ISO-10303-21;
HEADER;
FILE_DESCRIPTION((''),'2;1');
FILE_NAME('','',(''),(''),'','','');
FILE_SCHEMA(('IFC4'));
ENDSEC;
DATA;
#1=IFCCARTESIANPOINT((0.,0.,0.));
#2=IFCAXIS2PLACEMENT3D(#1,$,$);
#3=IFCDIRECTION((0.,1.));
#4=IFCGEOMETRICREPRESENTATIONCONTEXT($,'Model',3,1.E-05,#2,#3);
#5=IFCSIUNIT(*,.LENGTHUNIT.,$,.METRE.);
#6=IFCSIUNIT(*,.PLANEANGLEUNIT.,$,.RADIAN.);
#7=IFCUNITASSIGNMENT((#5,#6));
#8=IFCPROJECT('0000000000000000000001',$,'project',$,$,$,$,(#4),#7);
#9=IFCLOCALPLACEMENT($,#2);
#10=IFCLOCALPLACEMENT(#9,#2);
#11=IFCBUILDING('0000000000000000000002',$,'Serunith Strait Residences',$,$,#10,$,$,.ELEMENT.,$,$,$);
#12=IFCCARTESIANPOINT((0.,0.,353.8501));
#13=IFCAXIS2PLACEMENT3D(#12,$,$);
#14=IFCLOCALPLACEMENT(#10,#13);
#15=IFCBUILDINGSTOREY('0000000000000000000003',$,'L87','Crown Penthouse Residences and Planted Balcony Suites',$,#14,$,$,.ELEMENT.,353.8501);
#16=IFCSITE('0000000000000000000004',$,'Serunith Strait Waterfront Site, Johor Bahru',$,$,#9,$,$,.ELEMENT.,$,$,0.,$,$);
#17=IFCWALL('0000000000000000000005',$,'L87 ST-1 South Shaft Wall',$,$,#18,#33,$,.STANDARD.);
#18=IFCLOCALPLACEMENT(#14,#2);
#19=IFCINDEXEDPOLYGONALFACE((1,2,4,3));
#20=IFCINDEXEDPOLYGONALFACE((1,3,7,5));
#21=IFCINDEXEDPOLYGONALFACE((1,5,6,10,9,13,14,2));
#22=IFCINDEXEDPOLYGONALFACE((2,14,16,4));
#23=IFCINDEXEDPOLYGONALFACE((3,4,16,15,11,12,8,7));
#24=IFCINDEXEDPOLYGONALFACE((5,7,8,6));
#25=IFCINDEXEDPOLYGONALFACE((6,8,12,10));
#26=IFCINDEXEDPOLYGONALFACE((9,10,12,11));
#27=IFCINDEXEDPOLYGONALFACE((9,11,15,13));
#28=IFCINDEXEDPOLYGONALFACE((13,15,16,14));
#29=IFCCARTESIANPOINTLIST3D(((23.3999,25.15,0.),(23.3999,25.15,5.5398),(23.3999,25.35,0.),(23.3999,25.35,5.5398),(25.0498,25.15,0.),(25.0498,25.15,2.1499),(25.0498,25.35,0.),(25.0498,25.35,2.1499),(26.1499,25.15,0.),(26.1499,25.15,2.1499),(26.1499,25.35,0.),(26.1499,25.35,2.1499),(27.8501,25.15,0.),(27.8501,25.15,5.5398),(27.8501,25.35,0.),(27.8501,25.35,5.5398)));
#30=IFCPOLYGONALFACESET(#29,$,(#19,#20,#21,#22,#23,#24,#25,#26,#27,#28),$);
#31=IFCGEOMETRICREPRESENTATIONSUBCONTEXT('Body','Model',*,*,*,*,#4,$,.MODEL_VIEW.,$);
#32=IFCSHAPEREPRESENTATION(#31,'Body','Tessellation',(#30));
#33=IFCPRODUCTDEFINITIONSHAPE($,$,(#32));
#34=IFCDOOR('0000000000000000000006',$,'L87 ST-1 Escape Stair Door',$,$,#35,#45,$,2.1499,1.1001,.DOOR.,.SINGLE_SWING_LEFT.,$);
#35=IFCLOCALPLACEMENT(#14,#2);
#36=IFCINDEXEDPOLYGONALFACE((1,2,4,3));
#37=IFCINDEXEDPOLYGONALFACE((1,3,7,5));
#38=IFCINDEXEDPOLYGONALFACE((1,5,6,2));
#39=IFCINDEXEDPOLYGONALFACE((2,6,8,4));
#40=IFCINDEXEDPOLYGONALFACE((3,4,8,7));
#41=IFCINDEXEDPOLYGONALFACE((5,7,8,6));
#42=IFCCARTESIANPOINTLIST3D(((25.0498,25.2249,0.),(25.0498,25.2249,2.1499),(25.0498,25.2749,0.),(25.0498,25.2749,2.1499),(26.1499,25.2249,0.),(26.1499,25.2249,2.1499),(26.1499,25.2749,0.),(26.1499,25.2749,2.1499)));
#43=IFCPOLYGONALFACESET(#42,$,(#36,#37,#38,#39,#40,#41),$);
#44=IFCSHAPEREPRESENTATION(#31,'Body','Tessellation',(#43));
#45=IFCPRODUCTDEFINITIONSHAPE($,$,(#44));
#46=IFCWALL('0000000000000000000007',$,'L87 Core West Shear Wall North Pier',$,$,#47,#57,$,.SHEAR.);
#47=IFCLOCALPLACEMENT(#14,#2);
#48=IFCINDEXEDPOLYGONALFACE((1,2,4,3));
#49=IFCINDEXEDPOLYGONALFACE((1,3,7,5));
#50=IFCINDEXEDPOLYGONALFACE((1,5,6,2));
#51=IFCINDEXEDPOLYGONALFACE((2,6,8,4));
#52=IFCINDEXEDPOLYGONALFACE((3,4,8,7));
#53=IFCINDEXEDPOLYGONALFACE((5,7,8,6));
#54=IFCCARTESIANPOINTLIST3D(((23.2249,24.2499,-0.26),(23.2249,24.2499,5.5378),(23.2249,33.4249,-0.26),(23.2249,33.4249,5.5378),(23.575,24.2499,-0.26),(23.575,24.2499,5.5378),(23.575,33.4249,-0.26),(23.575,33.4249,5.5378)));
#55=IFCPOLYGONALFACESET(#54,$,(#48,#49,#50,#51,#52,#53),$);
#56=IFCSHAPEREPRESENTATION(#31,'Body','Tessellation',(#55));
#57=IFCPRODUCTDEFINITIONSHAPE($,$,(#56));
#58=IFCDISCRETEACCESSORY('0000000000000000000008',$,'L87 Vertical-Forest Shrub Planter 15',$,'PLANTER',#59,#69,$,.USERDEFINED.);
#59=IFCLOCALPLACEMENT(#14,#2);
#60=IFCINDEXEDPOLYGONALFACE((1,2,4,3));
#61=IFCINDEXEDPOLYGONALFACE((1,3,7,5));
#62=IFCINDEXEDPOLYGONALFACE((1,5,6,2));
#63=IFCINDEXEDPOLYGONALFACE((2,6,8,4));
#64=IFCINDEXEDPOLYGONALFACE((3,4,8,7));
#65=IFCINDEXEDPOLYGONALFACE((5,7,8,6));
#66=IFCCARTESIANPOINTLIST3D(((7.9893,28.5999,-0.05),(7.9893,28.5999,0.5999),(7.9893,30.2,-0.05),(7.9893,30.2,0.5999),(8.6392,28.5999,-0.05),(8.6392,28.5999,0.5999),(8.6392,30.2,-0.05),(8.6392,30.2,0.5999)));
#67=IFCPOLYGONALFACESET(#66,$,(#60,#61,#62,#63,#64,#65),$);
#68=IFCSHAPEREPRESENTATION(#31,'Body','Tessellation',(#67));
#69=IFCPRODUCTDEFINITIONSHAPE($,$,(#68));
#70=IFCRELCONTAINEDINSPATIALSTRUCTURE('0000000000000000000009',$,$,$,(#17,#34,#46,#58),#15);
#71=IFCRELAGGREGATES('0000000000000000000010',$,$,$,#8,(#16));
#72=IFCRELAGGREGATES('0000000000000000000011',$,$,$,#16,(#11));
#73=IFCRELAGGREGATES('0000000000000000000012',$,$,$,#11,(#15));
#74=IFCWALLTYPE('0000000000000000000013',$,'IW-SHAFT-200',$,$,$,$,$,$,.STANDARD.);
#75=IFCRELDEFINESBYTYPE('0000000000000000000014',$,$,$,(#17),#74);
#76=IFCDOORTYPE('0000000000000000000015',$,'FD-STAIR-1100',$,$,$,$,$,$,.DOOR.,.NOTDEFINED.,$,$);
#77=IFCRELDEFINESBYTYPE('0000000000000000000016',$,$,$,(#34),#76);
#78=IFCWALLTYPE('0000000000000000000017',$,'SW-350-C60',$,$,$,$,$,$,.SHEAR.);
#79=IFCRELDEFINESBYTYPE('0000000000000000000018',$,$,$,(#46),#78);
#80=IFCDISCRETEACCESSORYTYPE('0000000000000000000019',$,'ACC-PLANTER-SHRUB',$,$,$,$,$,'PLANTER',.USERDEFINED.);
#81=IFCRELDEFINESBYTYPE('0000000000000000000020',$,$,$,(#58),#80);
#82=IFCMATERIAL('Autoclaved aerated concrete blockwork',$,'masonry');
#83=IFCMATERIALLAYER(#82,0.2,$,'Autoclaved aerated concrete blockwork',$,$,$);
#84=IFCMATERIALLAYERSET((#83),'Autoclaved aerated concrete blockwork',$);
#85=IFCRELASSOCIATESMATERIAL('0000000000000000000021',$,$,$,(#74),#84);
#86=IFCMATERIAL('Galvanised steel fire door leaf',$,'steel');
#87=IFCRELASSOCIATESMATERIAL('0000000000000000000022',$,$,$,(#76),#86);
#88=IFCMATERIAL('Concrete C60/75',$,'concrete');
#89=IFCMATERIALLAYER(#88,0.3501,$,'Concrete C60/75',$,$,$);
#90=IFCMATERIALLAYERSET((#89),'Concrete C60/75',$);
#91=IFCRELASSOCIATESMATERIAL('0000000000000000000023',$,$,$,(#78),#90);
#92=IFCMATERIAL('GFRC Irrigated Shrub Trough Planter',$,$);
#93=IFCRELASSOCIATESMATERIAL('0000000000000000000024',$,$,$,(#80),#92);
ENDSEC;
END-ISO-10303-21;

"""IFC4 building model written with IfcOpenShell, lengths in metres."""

from ifc_helpers import new_model, si_unit, direction, frame, frame_2d, origin, origin_2d, place, context, subcontext, project, spatial, rectangle, extrude, source, transform, mapped, material, layer, layer_set, type_object, element, fill, save


model = new_model("IFC4")

# Units and contexts
model_context = context("Model", 3, precision=1e-05, world=origin(), true_north=direction((0.0, 1.0)))
body_context = subcontext(model_context, "Body", "Model", "MODEL_VIEW")
ifc_project = project(units=[si_unit("LENGTHUNIT", "METRE"), si_unit("PLANEANGLEUNIT", "RADIAN")], contexts=[model_context])

# Site, building, storey
site_placement = place(None, origin())
site = spatial("IfcSite", under=ifc_project, at=site_placement, Name="Serunith Strait Waterfront Site, Johor Bahru", CompositionType="ELEMENT", RefElevation=0.0)
building_placement = place(site_placement, origin())
building = spatial("IfcBuilding", under=site, at=building_placement, Name="Serunith Strait Residences", CompositionType="ELEMENT")
storey_placement = place(building_placement, frame((0.0, 0.0, 353.8501)))
storey = spatial("IfcBuildingStorey", under=building, at=storey_placement, Name="L87", Description="Crown Penthouse Residences and Planted Balcony Suites", CompositionType="ELEMENT", Elevation=353.8501)

# Shared definitions
ifc_material_1 = material(Name="Concrete C60/75", Category="concrete")

# Wall, opening, door
ifc_material_2 = material(Name="Autoclaved aerated concrete blockwork", Category="masonry")
ifc_layer_1 = layer(ifc_material_2, 0.2, Name="Autoclaved aerated concrete blockwork")
ifc_layer_set_1 = layer_set([ifc_layer_1], Name="Autoclaved aerated concrete blockwork")
wall_type_1 = type_object("IfcWallType", Name="IW-SHAFT-200", PredefinedType="STANDARD", material=ifc_layer_set_1)
wall_1_placement = place(storey_placement, frame((23.3999, 25.25, 0.0), z_axis=(0.0, 0.0, 1.0), x_axis=(1.0, 0.0, 0.0)))
wall_1 = element("IfcWall", 1, at=wall_1_placement, inside=storey, type_object=wall_type_1, Name="L87 ST-1 South Shaft Wall", PredefinedType="STANDARD", context=body_context, shape_type="SweptSolid", body=[
    extrude(rectangle(XDim=4.4502, YDim=0.2, at=frame_2d((2.2251, 0.0))), origin(), (0.0, 0.0, 1.0), 5.5398),
])
opening_1_placement = place(wall_1_placement, frame((1.6499, 0.0, 0.0)))
opening_1 = element("IfcOpeningElement", 2, at=opening_1_placement, cuts=wall_1, PredefinedType="OPENING", context=body_context, shape_type="SweptSolid", body=[
    extrude(rectangle(XDim=1.1001, YDim=2.1499, at=frame_2d((0.55, 1.075))), frame((0.0, 0.1099, 0.0), z_axis=(0.0, -1.0, 0.0), x_axis=(1.0, 0.0, 0.0)), (0.0, 0.0, 1.0), 0.22),
])
ifc_material_3 = material(Name="Galvanised steel fire door leaf", Category="steel")
door_type_1 = type_object("IfcDoorType", Name="FD-STAIR-1100", OperationType="NOTDEFINED", PredefinedType="DOOR", material=ifc_material_3)
shared_shape_1 = source(origin(), body_context, "Body", "SweptSolid", [
    extrude(rectangle(XDim=1.1001, YDim=2.1499, at=frame_2d((0.55, 1.075))), frame((0.0, 0.0249, 0.0), z_axis=(0.0, -1.0, 0.0), x_axis=(1.0, 0.0, 0.0)), (0.0, 0.0, 1.0), 0.05),
])
door_1_placement = place(opening_1_placement, origin())
door_1 = element("IfcDoor", 3, at=door_1_placement, inside=storey, type_object=door_type_1, Name="L87 ST-1 Escape Stair Door", OperationType="SINGLE_SWING_LEFT", OverallHeight=2.1499, OverallWidth=1.1001, PredefinedType="DOOR", context=body_context, shape_type="MappedRepresentation", body=[
    mapped(shared_shape_1, transform((0.0, 0.0, 0.0), scale=1.0)),
])
fill(opening_1, door_1)

# Wall
ifc_layer_2 = layer(ifc_material_1, 0.3501, Name="Concrete C60/75")
ifc_layer_set_2 = layer_set([ifc_layer_2], Name="Concrete C60/75")
wall_type_2 = type_object("IfcWallType", Name="SW-350-C60", PredefinedType="SHEAR", material=ifc_layer_set_2)
wall_2_placement = place(storey_placement, frame((23.3999, 24.25, -0.26), z_axis=(0.0, 0.0, 1.0), x_axis=(0.0, 1.0, 0.0)))
element("IfcWall", 4, at=wall_2_placement, inside=storey, type_object=wall_type_2, Name="L87 Core West Shear Wall North Pier", PredefinedType="SHEAR", context=body_context, shape_type="SweptSolid", body=[
    extrude(rectangle(XDim=9.175, YDim=0.3501, at=frame_2d((4.5874, 0.0))), origin(), (0.0, 0.0, 1.0), 5.7979),
])

# Discrete accessory
ifc_material_4 = material(Name="GFRC Irrigated Shrub Trough Planter")
discrete_accessory_type = type_object("IfcDiscreteAccessoryType", Name="ACC-PLANTER-SHRUB", ElementType="PLANTER", PredefinedType="USERDEFINED", material=ifc_material_4)
shared_shape_2 = source(origin(), body_context, "Body", "SweptSolid", [
    extrude(rectangle(XDim=1.6001, YDim=0.6499, at=origin_2d()), origin(), (0.0, 0.0, 1.0), 0.6499),
])
discrete_accessory_placement = place(storey_placement, frame((8.3142, 29.3999, -0.05), z_axis=(0.0, 0.0, 1.0), x_axis=(0.0, -1.0, 0.0)))
element("IfcDiscreteAccessory", 5, at=discrete_accessory_placement, inside=storey, type_object=discrete_accessory_type, Name="L87 Vertical-Forest Shrub Planter 15", ObjectType="PLANTER", PredefinedType="USERDEFINED", context=body_context, shape_type="MappedRepresentation", body=[
    mapped(shared_shape_2, transform((0.0, 0.0, 0.0), scale=1.0)),
])

save(model, "model.ifc")
